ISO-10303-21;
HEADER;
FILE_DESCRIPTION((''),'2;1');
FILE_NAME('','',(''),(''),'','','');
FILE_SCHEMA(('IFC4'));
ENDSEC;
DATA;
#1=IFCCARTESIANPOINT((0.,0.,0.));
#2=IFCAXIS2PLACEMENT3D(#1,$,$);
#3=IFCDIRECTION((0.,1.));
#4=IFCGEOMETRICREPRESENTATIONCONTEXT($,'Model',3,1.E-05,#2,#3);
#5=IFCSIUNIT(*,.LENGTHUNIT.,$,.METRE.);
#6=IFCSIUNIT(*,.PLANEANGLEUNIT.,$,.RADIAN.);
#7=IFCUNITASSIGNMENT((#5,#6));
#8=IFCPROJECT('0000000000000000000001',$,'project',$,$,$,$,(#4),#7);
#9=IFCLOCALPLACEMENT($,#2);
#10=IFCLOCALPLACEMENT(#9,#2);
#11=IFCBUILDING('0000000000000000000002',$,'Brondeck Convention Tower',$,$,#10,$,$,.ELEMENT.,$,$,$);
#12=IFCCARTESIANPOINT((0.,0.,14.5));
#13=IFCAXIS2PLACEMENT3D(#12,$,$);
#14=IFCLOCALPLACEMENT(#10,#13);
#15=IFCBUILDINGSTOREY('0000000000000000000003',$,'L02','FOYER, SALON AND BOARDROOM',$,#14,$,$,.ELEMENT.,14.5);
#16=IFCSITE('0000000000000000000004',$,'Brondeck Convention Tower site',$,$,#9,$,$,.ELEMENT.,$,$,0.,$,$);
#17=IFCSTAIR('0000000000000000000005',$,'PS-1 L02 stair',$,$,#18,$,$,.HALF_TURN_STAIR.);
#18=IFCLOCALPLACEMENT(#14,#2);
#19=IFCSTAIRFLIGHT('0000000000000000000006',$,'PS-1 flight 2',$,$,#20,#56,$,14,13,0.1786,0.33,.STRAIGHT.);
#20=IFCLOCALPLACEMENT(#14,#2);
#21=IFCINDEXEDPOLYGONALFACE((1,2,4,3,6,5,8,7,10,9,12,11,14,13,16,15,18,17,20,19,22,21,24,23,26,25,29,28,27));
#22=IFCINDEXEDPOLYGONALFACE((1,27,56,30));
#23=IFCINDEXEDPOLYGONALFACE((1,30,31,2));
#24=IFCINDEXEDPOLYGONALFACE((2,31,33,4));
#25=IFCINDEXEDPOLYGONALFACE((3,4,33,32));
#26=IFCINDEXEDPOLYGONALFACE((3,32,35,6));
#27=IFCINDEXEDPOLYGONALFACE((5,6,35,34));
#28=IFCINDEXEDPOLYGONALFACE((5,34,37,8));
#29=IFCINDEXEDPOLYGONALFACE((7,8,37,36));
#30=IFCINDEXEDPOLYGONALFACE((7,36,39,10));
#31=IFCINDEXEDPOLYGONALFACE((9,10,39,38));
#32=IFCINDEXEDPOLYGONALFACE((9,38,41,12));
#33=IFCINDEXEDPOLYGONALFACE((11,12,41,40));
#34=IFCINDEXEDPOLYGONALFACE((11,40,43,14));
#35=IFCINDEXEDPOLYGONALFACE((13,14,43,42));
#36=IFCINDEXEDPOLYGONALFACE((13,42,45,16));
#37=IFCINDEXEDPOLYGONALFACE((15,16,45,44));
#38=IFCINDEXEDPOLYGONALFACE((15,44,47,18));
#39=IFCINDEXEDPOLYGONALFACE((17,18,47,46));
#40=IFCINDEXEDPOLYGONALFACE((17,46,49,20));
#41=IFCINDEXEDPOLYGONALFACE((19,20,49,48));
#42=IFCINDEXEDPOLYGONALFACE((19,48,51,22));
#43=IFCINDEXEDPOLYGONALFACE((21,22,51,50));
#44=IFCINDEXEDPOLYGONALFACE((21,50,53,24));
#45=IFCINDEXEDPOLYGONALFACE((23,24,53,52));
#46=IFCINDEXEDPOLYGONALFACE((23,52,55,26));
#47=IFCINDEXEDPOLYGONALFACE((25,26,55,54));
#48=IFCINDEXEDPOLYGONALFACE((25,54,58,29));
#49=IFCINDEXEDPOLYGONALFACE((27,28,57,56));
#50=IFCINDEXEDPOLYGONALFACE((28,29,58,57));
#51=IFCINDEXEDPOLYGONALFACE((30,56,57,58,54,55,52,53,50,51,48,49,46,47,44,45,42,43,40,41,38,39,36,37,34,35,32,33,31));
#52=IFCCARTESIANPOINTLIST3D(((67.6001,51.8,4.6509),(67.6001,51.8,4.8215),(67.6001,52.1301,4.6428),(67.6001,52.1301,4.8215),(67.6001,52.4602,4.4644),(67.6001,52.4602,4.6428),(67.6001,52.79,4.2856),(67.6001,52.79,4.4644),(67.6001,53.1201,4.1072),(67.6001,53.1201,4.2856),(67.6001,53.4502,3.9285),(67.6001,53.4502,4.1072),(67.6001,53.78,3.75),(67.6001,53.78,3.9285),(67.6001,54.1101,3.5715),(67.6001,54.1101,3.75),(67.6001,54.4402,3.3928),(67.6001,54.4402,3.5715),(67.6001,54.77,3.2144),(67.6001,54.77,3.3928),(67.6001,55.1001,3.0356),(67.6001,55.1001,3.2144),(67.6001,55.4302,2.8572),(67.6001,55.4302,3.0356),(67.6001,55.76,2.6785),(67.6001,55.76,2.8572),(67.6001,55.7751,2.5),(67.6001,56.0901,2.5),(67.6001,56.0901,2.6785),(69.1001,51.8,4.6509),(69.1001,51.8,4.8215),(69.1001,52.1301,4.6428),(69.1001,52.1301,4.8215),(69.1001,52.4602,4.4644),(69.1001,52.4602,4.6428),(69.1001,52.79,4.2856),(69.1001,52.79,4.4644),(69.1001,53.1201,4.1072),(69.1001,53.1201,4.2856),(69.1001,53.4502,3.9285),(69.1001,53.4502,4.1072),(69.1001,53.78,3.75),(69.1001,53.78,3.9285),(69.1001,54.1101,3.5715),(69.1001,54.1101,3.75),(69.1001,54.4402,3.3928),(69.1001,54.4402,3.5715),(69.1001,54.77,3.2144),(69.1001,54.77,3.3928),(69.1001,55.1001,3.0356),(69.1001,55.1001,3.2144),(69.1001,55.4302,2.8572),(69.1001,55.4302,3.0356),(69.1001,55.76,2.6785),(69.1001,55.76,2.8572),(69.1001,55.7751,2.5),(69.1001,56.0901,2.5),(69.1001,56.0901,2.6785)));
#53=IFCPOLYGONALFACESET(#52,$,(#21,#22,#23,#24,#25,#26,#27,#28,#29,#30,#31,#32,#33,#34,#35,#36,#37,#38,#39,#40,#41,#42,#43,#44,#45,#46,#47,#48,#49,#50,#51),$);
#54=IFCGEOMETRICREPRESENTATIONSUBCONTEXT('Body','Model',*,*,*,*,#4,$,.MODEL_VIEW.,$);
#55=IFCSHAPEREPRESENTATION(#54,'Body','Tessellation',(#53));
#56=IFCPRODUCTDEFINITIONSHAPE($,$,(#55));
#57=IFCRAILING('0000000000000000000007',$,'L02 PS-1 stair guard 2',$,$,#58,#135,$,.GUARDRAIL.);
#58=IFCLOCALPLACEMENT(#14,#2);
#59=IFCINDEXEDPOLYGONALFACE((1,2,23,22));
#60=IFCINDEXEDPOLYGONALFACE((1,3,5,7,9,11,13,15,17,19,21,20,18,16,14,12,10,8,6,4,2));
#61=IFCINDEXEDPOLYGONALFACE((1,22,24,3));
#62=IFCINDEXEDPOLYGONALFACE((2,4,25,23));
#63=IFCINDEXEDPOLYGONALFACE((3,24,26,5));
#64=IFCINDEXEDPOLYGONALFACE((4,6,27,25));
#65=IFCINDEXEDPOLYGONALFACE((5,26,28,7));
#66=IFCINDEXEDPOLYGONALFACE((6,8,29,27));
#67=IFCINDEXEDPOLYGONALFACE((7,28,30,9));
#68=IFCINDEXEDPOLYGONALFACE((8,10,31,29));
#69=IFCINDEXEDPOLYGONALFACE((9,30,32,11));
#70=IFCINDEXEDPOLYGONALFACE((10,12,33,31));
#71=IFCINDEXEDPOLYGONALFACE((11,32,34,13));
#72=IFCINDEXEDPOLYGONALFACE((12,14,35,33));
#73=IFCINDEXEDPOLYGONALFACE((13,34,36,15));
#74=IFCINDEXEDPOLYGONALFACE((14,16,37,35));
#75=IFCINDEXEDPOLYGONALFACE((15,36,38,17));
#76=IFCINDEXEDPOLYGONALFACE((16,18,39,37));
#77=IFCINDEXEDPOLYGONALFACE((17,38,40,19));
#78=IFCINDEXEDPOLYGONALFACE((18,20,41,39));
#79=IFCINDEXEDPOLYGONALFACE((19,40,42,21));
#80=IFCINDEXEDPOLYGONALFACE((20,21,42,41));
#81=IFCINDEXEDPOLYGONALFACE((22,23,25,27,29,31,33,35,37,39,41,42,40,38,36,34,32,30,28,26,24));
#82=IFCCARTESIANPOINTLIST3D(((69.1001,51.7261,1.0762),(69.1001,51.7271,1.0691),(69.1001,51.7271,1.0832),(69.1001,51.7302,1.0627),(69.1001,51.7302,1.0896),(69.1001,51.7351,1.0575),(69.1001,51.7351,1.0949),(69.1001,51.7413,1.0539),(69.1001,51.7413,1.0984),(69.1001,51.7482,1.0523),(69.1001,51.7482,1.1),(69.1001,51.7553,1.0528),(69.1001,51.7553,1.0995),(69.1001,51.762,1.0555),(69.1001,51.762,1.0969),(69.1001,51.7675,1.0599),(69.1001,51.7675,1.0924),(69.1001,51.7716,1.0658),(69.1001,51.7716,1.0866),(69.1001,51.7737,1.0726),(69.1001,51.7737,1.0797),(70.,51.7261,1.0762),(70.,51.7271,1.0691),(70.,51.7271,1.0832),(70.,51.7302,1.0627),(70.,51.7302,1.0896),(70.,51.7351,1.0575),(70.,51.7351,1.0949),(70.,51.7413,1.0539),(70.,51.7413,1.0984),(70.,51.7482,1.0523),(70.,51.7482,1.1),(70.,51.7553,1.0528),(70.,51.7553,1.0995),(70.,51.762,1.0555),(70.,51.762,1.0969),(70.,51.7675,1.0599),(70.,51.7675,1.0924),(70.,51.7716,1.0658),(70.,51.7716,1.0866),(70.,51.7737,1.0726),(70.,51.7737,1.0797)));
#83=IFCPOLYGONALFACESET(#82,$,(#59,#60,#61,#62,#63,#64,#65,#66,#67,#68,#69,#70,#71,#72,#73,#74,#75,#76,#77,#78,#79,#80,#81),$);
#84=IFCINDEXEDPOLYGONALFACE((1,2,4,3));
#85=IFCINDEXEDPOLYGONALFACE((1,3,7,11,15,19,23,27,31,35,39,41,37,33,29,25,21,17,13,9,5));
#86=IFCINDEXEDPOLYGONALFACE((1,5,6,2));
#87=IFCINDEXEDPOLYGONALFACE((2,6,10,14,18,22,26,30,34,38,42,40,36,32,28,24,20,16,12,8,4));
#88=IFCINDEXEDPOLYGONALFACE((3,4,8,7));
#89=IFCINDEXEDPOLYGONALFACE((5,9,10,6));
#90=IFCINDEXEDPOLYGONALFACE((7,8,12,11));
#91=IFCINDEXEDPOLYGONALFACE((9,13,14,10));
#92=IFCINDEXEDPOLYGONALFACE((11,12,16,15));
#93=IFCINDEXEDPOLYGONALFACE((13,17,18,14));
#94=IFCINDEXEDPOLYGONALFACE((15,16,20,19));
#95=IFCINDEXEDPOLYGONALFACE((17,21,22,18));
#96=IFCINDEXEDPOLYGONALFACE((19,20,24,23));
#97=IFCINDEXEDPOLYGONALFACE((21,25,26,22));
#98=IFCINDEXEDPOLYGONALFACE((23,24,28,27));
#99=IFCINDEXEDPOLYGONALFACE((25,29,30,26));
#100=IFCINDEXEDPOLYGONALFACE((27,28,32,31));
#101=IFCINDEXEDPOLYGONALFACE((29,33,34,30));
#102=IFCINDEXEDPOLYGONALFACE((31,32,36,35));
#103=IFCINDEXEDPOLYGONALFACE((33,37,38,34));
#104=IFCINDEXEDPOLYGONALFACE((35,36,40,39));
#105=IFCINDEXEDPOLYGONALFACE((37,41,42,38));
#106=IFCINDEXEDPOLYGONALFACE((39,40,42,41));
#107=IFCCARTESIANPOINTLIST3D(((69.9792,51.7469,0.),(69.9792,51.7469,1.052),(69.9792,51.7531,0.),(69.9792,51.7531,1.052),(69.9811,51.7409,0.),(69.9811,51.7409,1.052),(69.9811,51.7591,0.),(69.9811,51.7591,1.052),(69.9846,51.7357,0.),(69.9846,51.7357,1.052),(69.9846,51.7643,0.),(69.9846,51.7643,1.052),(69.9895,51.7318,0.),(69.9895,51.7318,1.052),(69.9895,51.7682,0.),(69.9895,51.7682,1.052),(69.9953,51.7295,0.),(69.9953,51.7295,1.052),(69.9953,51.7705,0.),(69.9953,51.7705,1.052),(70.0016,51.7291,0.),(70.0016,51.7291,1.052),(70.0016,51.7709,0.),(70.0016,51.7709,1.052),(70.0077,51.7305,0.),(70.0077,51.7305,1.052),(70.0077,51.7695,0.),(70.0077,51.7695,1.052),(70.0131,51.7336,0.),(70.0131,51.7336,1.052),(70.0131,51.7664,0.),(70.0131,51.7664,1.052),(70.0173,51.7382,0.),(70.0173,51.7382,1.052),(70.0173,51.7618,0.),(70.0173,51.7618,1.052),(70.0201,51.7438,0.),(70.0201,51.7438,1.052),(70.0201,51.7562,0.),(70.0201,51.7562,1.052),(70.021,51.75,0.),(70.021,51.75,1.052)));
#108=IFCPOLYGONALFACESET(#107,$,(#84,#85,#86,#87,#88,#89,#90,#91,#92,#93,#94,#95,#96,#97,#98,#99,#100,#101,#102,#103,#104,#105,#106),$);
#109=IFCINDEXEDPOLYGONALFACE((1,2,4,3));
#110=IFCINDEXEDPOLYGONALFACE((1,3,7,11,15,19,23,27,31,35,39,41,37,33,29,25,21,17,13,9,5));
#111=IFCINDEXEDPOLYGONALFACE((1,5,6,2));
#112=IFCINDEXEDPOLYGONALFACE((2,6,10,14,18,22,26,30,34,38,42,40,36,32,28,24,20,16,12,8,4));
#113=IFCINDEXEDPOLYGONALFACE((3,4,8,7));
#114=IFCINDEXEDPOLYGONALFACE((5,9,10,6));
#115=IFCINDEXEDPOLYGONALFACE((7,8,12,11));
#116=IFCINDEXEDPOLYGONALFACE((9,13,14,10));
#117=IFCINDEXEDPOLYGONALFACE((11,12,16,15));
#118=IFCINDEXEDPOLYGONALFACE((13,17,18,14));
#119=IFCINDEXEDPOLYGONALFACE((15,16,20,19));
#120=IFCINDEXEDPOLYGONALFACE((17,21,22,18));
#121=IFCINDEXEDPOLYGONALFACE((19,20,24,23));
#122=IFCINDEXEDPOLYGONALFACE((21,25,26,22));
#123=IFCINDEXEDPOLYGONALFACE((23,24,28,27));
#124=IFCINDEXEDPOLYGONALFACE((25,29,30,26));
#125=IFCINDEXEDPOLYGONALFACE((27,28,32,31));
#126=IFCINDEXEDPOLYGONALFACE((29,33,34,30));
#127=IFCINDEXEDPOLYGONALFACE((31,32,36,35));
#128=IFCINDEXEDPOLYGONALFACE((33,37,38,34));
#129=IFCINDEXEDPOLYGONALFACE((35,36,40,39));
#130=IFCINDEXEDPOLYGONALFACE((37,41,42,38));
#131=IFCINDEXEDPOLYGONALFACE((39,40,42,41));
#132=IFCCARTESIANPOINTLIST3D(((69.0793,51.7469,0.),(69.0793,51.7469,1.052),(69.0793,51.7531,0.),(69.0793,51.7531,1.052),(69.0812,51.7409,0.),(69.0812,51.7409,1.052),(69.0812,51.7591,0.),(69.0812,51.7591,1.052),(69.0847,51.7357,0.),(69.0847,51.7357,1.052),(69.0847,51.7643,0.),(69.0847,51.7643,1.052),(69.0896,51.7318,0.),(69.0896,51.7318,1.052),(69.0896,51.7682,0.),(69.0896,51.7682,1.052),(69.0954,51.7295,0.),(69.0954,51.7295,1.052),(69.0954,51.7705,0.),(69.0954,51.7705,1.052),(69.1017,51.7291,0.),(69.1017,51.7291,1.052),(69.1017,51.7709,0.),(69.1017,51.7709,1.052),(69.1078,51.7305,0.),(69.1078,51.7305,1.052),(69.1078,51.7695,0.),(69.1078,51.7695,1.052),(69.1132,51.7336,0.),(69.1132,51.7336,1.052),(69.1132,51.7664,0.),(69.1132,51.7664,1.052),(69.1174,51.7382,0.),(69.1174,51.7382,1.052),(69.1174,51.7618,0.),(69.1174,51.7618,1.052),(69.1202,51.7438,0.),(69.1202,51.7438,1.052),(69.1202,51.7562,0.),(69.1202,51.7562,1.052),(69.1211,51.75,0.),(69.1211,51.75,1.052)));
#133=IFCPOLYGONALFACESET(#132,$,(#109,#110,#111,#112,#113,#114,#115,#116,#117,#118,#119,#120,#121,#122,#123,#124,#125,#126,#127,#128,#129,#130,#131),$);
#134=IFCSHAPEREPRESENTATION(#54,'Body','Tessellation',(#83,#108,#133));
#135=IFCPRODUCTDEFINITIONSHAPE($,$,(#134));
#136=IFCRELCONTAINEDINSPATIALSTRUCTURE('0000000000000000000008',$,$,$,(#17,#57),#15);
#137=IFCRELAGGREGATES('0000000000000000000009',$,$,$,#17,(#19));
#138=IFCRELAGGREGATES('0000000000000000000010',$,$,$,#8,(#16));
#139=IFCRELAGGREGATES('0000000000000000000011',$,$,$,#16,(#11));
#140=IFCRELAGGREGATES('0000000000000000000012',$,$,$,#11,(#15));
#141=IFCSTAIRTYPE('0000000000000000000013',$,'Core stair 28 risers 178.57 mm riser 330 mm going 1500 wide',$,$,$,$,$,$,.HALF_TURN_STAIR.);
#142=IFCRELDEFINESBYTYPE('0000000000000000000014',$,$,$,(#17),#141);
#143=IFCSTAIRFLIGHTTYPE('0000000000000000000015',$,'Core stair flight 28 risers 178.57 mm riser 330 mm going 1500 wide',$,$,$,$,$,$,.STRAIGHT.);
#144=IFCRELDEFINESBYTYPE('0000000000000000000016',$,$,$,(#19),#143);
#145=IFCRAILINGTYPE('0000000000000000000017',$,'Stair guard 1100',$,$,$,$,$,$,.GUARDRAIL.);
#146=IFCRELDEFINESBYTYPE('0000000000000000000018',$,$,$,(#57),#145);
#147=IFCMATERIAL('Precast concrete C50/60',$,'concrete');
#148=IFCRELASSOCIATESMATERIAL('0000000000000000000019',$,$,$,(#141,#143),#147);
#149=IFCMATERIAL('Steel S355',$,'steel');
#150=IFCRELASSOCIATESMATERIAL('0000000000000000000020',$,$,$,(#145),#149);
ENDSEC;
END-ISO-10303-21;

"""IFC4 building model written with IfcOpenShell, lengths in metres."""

from ifc_helpers import new_model, si_unit, direction, frame, origin, origin_2d, place, context, subcontext, project, spatial, polyline, circle, outline, extrude, material, type_object, element, aggregate, save


model = new_model("IFC4")

# Units and contexts
model_context = context("Model", 3, precision=1e-05, world=origin(), true_north=direction((0.0, 1.0)))
body_context = subcontext(model_context, "Body", "Model", "MODEL_VIEW")
ifc_project = project(units=[si_unit("LENGTHUNIT", "METRE"), si_unit("PLANEANGLEUNIT", "RADIAN")], contexts=[model_context])

# Site, building, storey
site_placement = place(None, origin())
site = spatial("IfcSite", under=ifc_project, at=site_placement, Name="Brondeck Convention Tower site", CompositionType="ELEMENT", RefElevation=0.0)
building_placement = place(site_placement, origin())
building = spatial("IfcBuilding", under=site, at=building_placement, Name="Brondeck Convention Tower", CompositionType="ELEMENT")
storey_placement = place(building_placement, frame((0.0, 0.0, 14.5)))
storey = spatial("IfcBuildingStorey", under=building, at=storey_placement, Name="L02", Description="FOYER, SALON AND BOARDROOM", CompositionType="ELEMENT", Elevation=14.5)

# Stair, stair flight
ifc_material_1 = material(Name="Precast concrete C50/60", Category="concrete")
stair_type = type_object("IfcStairType", Name="Core stair 28 risers 178.57 mm riser 330 mm going 1500 wide", PredefinedType="HALF_TURN_STAIR", material=ifc_material_1)
stair_placement = place(storey_placement, origin())
stair = element("IfcStair", 1, at=stair_placement, inside=storey, type_object=stair_type, Name="PS-1 L02 stair", PredefinedType="HALF_TURN_STAIR")
stair_flight_type = type_object("IfcStairFlightType", Name="Core stair flight 28 risers 178.57 mm riser 330 mm going 1500 wide", PredefinedType="STRAIGHT", material=ifc_material_1)
stair_flight_1_placement = place(storey_placement, frame((68.3501, 56.0901, 2.5), z_axis=(0.0, 0.0, 1.0), x_axis=(0.0, -1.0, 0.0)))
stair_flight_1 = element("IfcStairFlight", 2, at=stair_flight_1_placement, type_object=stair_flight_type, Name="PS-1 flight 2", NumberOfRisers=14, NumberOfTreads=13, PredefinedType="STRAIGHT", RiserHeight=0.1786, TreadLength=0.33, context=body_context, shape_type="SweptSolid", body=[
    extrude(outline(polyline([(0.0, 0.0), (0.0, 0.1785), (0.3301, 0.1785), (0.3301, 0.3572), (0.6599, 0.3572), (0.6599, 0.5356), (0.99, 0.5356), (0.99, 0.7144), (1.3201, 0.7144), (1.3201, 0.8928), (1.6499, 0.8928), (1.6499, 1.0715), (1.98, 1.0715), (1.98, 1.25), (2.3101, 1.25), (2.3101, 1.4285), (2.6399, 1.4285), (2.6399, 1.6072), (2.97, 1.6072), (2.97, 1.7856), (3.3, 1.7856), (3.3, 1.9644), (3.6299, 1.9644), (3.6299, 2.1428), (3.96, 2.1428), (3.96, 2.3215), (4.29, 2.3215), (4.29, 2.5), (4.29, 2.1509), (0.3149, 0.0), (0.0, 0.0)])), frame((0.0, 0.75, 0.0), z_axis=(0.0, -1.0, 0.0), x_axis=(1.0, 0.0, 0.0)), (0.0, 0.0, 1.0), 1.5),
])
aggregate(stair, [stair_flight_1])

# Railing
ifc_material_2 = material(Name="Steel S355", Category="steel")
railing_type_1 = type_object("IfcRailingType", Name="Stair guard 1100", PredefinedType="GUARDRAIL", material=ifc_material_2)
railing_1_placement = place(storey_placement, frame((70.0, 51.75, 0.0)))
element("IfcRailing", 3, at=railing_1_placement, inside=storey, type_object=railing_type_1, Name="L02 PS-1 stair guard 2", PredefinedType="GUARDRAIL", context=body_context, shape_type="SweptSolid", body=[
    extrude(circle(Radius=0.0239, at=origin_2d()), frame((0.0, 0.0, 1.0762), z_axis=(-1.0, 0.0, 0.0), x_axis=(0.0, -1.0, 0.0)), (0.0, 0.0, 1.0), 0.8999),
    extrude(circle(Radius=0.021, at=origin_2d()), origin(), (0.0, 0.0, 1.0), 1.052),
    extrude(circle(Radius=0.021, at=origin_2d()), frame((-0.8999, 0.0, 0.0)), (0.0, 0.0, 1.0), 1.052),
])

save(model, "model.ifc")
